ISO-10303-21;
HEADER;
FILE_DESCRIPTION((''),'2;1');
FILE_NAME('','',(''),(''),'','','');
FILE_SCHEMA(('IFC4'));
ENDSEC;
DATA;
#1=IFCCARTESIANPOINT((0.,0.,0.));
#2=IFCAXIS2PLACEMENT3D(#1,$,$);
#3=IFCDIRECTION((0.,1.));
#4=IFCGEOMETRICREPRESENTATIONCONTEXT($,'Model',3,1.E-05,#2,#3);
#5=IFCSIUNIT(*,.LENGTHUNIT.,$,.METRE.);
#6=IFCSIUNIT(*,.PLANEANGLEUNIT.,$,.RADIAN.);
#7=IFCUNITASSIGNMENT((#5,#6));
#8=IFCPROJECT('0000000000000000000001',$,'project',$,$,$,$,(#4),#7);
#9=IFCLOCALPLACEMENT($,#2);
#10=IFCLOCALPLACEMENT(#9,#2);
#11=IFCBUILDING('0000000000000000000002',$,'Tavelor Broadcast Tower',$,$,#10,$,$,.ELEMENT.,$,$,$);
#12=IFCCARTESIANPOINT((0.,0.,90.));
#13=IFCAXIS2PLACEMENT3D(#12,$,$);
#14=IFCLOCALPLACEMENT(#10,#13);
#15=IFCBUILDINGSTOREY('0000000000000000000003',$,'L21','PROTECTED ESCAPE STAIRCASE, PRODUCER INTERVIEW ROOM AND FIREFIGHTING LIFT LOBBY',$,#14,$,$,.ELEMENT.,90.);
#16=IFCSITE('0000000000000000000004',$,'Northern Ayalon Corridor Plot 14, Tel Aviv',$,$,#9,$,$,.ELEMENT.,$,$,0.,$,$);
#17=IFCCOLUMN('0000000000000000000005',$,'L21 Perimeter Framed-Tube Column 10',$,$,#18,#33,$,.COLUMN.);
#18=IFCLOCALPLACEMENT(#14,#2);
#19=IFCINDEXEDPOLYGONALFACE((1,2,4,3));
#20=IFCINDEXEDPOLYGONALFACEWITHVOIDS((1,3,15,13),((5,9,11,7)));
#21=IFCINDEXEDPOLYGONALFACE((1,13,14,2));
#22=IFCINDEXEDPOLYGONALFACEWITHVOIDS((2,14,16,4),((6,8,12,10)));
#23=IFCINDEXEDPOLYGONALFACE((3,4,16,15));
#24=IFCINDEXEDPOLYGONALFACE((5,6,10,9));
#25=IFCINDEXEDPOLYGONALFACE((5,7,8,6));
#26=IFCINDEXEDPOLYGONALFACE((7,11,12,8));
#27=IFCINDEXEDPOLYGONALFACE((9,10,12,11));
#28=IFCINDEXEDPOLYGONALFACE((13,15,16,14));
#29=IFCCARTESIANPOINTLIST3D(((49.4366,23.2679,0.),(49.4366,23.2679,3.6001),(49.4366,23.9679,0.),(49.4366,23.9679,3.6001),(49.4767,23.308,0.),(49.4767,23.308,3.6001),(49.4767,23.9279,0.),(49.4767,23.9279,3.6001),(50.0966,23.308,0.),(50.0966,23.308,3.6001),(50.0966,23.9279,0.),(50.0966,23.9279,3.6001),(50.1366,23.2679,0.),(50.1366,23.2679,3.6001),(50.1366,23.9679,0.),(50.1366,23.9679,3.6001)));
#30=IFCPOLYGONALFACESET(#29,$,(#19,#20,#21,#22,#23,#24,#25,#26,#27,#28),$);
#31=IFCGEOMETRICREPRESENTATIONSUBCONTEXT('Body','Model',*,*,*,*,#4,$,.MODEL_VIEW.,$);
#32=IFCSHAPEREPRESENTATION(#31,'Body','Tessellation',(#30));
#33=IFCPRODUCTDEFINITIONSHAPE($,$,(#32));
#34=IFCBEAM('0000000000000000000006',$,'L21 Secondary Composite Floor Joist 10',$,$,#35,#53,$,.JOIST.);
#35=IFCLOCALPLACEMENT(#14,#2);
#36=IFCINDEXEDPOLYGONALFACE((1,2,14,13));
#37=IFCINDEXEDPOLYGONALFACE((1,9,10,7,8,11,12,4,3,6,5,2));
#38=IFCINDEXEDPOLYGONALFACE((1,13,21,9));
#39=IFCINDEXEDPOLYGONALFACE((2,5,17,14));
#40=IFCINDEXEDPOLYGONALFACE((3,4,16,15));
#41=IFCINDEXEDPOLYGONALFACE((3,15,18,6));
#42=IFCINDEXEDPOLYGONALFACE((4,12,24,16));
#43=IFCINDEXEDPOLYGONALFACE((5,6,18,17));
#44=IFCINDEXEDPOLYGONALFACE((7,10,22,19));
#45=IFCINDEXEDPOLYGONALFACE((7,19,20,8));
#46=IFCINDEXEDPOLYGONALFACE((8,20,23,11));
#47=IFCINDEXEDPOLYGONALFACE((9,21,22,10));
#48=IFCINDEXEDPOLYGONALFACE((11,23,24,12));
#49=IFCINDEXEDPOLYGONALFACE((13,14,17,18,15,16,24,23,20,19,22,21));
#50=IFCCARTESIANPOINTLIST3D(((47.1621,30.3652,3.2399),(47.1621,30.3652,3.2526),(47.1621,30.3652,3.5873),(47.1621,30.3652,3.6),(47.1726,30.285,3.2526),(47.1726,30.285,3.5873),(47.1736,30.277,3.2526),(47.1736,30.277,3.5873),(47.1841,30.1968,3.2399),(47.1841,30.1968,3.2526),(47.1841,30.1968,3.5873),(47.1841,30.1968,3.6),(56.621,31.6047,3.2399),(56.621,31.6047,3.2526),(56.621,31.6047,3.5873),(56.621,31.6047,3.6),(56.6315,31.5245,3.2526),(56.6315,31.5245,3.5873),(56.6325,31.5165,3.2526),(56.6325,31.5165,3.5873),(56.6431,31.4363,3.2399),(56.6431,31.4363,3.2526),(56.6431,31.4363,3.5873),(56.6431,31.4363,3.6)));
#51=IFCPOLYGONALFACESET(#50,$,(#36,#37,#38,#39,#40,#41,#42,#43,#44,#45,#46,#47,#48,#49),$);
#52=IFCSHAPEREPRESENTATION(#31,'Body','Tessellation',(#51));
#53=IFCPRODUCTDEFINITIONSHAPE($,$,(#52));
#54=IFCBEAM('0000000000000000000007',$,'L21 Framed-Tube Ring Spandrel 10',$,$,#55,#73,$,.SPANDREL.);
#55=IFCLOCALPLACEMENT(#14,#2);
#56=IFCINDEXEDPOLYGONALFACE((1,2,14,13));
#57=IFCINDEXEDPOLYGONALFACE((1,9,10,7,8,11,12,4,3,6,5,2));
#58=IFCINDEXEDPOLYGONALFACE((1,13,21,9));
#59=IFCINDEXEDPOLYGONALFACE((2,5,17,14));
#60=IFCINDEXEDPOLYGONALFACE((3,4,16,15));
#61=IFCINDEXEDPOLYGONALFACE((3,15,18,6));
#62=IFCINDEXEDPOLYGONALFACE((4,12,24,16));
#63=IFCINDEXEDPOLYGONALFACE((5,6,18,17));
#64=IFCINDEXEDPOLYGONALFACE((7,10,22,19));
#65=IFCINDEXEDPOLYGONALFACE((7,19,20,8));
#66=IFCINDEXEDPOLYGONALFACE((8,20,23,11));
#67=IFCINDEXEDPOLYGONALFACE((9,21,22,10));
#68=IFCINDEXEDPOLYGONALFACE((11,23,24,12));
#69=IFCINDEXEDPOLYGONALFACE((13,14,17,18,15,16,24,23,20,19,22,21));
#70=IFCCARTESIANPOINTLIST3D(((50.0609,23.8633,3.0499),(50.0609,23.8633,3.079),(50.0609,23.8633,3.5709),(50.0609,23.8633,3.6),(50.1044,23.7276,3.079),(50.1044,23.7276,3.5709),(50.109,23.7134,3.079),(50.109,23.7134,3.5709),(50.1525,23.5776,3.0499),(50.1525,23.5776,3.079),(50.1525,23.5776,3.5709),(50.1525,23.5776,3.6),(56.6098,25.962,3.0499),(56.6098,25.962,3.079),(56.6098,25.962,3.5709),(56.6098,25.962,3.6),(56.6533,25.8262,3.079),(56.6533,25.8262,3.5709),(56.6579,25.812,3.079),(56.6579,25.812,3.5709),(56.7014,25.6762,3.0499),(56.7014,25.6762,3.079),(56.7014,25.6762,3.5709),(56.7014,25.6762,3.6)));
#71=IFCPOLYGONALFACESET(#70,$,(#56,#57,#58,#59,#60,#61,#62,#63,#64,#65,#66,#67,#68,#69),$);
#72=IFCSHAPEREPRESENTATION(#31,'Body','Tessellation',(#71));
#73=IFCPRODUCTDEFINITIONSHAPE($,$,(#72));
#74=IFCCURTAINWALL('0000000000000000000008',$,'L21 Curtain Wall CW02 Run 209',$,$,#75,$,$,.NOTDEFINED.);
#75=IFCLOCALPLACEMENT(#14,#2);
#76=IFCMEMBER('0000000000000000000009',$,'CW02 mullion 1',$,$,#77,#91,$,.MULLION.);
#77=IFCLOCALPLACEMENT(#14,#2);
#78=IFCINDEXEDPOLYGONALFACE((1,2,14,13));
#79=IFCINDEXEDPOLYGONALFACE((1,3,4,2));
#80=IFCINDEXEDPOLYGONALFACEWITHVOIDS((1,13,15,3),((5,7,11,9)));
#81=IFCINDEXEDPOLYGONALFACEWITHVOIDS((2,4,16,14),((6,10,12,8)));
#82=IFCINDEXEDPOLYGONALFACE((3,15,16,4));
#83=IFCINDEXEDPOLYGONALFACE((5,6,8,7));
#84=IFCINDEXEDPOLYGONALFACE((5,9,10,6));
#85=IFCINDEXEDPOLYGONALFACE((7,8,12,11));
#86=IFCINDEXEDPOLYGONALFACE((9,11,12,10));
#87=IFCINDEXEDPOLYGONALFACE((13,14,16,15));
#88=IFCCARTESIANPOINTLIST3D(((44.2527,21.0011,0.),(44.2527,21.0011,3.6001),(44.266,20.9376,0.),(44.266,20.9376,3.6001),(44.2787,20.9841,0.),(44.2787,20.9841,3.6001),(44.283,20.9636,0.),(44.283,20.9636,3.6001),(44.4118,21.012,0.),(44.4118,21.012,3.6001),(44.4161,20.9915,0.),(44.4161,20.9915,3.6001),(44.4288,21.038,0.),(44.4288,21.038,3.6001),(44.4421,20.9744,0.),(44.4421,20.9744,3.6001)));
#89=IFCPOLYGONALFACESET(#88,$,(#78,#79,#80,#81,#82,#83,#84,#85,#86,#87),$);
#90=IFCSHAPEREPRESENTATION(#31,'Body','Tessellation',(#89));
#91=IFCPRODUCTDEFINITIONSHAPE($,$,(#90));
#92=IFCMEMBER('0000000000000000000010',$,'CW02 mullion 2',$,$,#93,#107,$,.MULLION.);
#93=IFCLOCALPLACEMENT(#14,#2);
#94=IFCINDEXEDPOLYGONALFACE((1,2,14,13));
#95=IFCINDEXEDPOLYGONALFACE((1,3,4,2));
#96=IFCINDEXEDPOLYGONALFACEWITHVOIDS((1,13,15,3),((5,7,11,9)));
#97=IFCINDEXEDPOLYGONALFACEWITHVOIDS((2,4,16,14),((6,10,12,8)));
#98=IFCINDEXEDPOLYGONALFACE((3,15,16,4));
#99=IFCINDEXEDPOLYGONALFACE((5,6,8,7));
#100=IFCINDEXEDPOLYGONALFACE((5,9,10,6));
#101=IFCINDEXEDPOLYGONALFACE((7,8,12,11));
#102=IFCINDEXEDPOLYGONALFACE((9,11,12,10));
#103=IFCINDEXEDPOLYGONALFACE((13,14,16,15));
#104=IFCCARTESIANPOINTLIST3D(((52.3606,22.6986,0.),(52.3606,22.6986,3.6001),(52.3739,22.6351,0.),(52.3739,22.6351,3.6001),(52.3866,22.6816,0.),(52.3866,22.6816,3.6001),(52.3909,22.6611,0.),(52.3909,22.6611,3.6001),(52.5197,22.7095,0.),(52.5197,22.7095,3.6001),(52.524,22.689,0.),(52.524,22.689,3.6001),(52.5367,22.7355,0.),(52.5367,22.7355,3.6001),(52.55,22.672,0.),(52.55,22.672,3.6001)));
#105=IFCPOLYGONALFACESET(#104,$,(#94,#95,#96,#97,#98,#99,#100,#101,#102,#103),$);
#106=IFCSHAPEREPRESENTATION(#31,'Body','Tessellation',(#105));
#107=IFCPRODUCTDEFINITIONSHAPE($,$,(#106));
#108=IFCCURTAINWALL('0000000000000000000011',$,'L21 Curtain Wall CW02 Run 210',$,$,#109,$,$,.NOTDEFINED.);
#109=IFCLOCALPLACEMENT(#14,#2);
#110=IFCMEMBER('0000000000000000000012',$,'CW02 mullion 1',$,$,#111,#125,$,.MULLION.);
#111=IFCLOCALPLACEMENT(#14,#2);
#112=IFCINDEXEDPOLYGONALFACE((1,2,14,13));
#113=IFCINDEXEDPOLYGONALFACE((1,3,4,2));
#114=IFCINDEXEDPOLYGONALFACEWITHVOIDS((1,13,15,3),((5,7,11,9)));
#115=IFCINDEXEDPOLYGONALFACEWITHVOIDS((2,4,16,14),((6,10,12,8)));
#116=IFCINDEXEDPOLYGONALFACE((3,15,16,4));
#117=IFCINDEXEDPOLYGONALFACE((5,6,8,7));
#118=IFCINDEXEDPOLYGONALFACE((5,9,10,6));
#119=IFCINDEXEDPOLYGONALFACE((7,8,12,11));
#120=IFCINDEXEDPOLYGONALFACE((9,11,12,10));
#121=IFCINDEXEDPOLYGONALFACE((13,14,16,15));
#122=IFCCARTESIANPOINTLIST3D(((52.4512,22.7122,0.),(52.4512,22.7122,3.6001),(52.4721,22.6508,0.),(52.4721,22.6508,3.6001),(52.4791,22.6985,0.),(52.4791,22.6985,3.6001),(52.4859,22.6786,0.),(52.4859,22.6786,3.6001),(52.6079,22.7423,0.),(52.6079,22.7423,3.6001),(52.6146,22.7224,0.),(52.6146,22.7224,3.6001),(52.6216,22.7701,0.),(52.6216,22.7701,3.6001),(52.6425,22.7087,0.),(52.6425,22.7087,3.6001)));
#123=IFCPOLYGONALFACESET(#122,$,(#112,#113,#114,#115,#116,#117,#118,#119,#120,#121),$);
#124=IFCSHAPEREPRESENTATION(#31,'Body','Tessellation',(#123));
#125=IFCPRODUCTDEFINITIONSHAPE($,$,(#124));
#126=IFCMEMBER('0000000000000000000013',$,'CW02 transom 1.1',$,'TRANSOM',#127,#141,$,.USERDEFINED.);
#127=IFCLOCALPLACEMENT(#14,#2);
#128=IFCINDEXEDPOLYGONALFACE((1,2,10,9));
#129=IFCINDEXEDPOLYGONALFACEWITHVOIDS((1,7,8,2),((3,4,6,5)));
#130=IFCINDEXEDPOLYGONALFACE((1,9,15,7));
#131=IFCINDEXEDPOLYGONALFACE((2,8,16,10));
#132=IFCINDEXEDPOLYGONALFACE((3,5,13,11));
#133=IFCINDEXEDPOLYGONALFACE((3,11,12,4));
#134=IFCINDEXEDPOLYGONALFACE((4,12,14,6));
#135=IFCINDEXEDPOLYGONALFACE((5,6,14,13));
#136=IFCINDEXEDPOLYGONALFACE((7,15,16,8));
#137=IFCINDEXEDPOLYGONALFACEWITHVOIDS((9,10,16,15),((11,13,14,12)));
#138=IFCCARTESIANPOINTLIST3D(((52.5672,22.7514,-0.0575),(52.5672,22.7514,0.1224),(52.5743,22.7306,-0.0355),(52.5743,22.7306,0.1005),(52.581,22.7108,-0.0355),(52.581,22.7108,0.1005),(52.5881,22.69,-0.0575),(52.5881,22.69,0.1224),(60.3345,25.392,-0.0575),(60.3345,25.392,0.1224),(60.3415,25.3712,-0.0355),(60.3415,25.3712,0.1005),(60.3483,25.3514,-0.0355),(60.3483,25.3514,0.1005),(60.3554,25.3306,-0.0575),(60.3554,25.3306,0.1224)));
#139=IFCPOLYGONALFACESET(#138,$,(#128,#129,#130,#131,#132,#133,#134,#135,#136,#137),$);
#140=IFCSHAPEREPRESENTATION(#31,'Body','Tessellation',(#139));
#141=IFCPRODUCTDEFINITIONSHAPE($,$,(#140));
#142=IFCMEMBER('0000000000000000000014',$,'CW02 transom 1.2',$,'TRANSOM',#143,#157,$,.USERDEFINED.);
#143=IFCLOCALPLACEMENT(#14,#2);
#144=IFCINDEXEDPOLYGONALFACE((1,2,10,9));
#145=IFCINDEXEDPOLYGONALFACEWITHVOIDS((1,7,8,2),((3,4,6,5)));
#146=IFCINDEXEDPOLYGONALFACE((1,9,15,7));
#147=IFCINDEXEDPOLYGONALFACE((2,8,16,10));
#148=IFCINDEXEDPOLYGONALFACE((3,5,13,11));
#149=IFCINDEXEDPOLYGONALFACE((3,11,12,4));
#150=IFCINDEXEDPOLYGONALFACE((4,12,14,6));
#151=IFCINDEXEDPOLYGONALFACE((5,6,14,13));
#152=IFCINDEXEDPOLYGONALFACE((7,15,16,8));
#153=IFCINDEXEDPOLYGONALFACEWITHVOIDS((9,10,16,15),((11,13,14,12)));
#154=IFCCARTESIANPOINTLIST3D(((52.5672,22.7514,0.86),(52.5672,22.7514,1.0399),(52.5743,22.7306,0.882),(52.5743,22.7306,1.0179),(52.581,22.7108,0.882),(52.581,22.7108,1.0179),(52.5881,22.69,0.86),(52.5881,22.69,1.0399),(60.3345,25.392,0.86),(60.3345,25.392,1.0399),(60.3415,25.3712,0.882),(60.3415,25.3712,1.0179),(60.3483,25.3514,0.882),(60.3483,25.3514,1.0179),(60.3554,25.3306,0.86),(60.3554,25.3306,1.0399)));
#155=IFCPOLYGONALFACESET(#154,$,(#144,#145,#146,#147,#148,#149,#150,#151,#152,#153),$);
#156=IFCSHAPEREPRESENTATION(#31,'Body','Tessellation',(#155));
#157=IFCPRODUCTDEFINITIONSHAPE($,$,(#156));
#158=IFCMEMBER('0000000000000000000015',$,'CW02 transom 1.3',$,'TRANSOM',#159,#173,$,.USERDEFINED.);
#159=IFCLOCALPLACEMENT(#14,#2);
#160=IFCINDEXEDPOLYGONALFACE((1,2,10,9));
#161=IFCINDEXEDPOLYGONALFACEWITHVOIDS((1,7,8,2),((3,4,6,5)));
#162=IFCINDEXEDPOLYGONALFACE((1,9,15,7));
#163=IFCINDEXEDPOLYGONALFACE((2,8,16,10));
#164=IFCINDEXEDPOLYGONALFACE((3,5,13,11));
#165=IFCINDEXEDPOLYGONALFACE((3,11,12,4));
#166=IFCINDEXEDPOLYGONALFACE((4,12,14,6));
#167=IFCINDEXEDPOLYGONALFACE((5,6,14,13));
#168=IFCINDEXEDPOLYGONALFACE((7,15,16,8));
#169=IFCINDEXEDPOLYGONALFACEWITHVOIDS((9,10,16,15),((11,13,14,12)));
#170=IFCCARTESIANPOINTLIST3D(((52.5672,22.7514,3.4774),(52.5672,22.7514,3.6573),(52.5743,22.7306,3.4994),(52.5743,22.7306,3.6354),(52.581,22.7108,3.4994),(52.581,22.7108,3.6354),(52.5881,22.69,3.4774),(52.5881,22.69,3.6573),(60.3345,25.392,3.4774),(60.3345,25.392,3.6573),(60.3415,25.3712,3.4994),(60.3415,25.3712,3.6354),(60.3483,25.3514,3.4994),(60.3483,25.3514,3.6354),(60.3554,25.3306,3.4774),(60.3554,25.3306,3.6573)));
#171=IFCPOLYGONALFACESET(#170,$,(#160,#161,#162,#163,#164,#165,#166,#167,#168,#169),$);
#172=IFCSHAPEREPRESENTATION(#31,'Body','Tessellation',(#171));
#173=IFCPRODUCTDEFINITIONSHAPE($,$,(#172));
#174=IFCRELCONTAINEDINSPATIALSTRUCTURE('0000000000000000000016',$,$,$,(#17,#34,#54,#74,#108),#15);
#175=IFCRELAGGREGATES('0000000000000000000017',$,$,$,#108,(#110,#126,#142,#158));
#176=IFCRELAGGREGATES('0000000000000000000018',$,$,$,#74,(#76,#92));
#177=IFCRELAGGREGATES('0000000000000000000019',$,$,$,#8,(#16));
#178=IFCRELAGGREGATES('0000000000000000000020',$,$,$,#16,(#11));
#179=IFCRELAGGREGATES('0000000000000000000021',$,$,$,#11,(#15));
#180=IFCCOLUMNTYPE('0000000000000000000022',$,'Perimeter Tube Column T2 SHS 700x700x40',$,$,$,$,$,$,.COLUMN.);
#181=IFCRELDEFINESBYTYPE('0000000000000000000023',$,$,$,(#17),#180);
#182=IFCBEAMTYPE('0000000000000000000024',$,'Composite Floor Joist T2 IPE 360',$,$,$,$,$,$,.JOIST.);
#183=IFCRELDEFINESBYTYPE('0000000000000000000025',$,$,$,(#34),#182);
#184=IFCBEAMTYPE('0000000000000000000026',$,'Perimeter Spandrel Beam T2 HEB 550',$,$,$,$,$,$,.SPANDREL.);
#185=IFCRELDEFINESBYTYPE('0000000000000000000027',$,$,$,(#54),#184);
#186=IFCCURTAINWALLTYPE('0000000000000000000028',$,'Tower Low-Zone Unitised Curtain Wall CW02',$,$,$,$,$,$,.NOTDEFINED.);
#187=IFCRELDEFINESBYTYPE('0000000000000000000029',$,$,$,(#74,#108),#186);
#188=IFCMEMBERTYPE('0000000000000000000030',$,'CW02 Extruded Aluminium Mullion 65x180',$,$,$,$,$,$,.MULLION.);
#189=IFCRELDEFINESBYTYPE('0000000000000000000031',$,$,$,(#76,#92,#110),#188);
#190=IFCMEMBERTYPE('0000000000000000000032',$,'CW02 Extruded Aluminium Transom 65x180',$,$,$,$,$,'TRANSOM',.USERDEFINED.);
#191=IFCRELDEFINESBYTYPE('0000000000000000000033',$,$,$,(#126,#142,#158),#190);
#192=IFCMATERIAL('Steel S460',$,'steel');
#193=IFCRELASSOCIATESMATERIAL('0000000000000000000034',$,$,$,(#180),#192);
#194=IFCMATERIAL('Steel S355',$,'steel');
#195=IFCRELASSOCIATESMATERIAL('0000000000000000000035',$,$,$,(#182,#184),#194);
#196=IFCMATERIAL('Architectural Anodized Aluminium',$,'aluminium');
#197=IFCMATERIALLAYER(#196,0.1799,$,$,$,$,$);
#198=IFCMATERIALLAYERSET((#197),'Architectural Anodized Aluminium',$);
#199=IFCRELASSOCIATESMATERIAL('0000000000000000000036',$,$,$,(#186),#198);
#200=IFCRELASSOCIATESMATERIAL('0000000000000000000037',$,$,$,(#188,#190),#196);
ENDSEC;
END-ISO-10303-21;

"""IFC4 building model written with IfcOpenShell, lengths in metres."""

from ifc_helpers import new_model, si_unit, direction, frame, origin, origin_2d, place, context, subcontext, project, spatial, hollow_rectangle, i_section, extrude, source, transform, mapped, material, layer, layer_set, material_profile, profile_set, type_object, type_shapes, element, aggregate, save


model = new_model("IFC4")

# Units and contexts
model_context = context("Model", 3, precision=1e-05, world=origin(), true_north=direction((0.0, 1.0)))
body_context = subcontext(model_context, "Body", "Model", "MODEL_VIEW")
ifc_project = project(units=[si_unit("LENGTHUNIT", "METRE"), si_unit("PLANEANGLEUNIT", "RADIAN")], contexts=[model_context])

# Site, building, storey
site_placement = place(None, origin())
site = spatial("IfcSite", under=ifc_project, at=site_placement, Name="Northern Ayalon Corridor Plot 14, Tel Aviv", CompositionType="ELEMENT", RefElevation=0.0)
building_placement = place(site_placement, origin())
building = spatial("IfcBuilding", under=site, at=building_placement, Name="Tavelor Broadcast Tower", CompositionType="ELEMENT")
storey_placement = place(building_placement, frame((0.0, 0.0, 90.0)))
storey = spatial("IfcBuildingStorey", under=building, at=storey_placement, Name="L21", Description="PROTECTED ESCAPE STAIRCASE, PRODUCER INTERVIEW ROOM AND FIREFIGHTING LIFT LOBBY", CompositionType="ELEMENT", Elevation=90.0)

# Column
ifc_material_1 = material(Name="Steel S460", Category="steel")
ifc_material_profile_1 = material_profile(ifc_material_1, hollow_rectangle(XDim=0.7, YDim=0.7, WallThickness=0.04, at=origin_2d()), Name="SHS 700x700x40")
ifc_profile_set_1 = profile_set([ifc_material_profile_1], Name="Steel S460")
column_type = type_object("IfcColumnType", Name="Perimeter Tube Column T2 SHS 700x700x40", PredefinedType="COLUMN", material=ifc_profile_set_1)
column_placement = place(storey_placement, frame((49.7866, 23.6179, 0.0), z_axis=(0.0, 0.0, 1.0), x_axis=(1.0, 0.0, 0.0)))
element("IfcColumn", 1, at=column_placement, inside=storey, type_object=column_type, Name="L21 Perimeter Framed-Tube Column 10", PredefinedType="COLUMN", context=body_context, shape_type="SweptSolid", body=[
    extrude(hollow_rectangle(XDim=0.7, YDim=0.7, WallThickness=0.04, at=origin_2d()), origin(), (0.0, 0.0, 1.0), 3.6001),
])

# Beams
ifc_material_2 = material(Name="Steel S355", Category="steel")
ifc_material_profile_2 = material_profile(ifc_material_2, i_section(OverallWidth=0.1699, OverallDepth=0.3601, WebThickness=0.0081, FlangeThickness=0.0127, at=origin_2d()), Name="IPE 360")
ifc_profile_set_2 = profile_set([ifc_material_profile_2], Name="Steel S355")
beam_type_1 = type_object("IfcBeamType", Name="Composite Floor Joist T2 IPE 360", PredefinedType="JOIST", material=ifc_profile_set_2)
beam_1_placement = place(storey_placement, frame((47.1731, 30.281, 3.4199), z_axis=(0.991523, 0.129929, 0.0), x_axis=(-0.129929, 0.991523, 0.0)))
element("IfcBeam", 2, at=beam_1_placement, inside=storey, type_object=beam_type_1, Name="L21 Secondary Composite Floor Joist 10", PredefinedType="JOIST", context=body_context, shape_type="SweptSolid", body=[
    extrude(i_section(OverallWidth=0.1699, OverallDepth=0.3601, WebThickness=0.0081, FlangeThickness=0.0127, at=origin_2d()), origin(), (0.0, 0.0, 1.0), 9.5398),
])
ifc_material_profile_3 = material_profile(ifc_material_2, i_section(OverallWidth=0.3, OverallDepth=0.55, WebThickness=0.0149, FlangeThickness=0.0291, at=origin_2d()), Name="HEB 550")
ifc_profile_set_3 = profile_set([ifc_material_profile_3], Name="Steel S355")
beam_type_2 = type_object("IfcBeamType", Name="Perimeter Spandrel Beam T2 HEB 550", PredefinedType="SPANDREL", material=ifc_profile_set_3)
beam_2_placement = place(storey_placement, frame((50.1067, 23.7205, 3.325), z_axis=(0.952297, 0.305172, 0.0), x_axis=(-0.305172, 0.952297, 0.0)))
element("IfcBeam", 3, at=beam_2_placement, inside=storey, type_object=beam_type_2, Name="L21 Framed-Tube Ring Spandrel 10", PredefinedType="SPANDREL", context=body_context, shape_type="SweptSolid", body=[
    extrude(i_section(OverallWidth=0.3, OverallDepth=0.55, WebThickness=0.0149, FlangeThickness=0.0291, at=origin_2d()), origin(), (0.0, 0.0, 1.0), 6.877),
])

# Curtain walls, members
ifc_material_3 = material(Name="Architectural Anodized Aluminium", Category="aluminium")
ifc_layer_1 = layer(ifc_material_3, 0.1799)
ifc_layer_set_1 = layer_set([ifc_layer_1], Name="Architectural Anodized Aluminium")
curtain_wall_type = type_object("IfcCurtainWallType", Name="Tower Low-Zone Unitised Curtain Wall CW02", PredefinedType="NOTDEFINED", material=ifc_layer_set_1)
curtain_wall_1_placement = place(storey_placement, origin())
curtain_wall_1 = element("IfcCurtainWall", 4, at=curtain_wall_1_placement, inside=storey, type_object=curtain_wall_type, Name="L21 Curtain Wall CW02 Run 209", PredefinedType="NOTDEFINED")
ifc_material_profile_4 = material_profile(ifc_material_3, hollow_rectangle(XDim=0.0649, YDim=0.1799, WallThickness=0.022, at=origin_2d()), Name="RHS 65x180x22")
ifc_profile_set_4 = profile_set([ifc_material_profile_4], Name="Architectural Anodized Aluminium")
member_type_1 = type_object("IfcMemberType", Name="CW02 Extruded Aluminium Mullion 65x180", PredefinedType="MULLION", material=ifc_profile_set_4)
shared_shape_1 = source(origin(), body_context, "Body", "SweptSolid", [
    extrude(hollow_rectangle(XDim=0.0649, YDim=0.1799, WallThickness=0.022, at=origin_2d()), origin(), (0.0, 0.0, 1.0), 3.6001),
])
type_shapes(member_type_1, [shared_shape_1])
member_1_placement = place(storey_placement, frame((44.3474, 20.9878, 0.0), z_axis=(0.0, 0.0, 1.0), x_axis=(-0.204914, 0.97878, 0.0)))
member_1 = element("IfcMember", 5, at=member_1_placement, type_object=member_type_1, Name="CW02 mullion 1", PredefinedType="MULLION", context=body_context, shape_type="MappedRepresentation", body=[
    mapped(shared_shape_1, transform((0.0, 0.0, 0.0), scale=1.0)),
])
member_2_placement = place(storey_placement, frame((52.4553, 22.6853, 0.0), z_axis=(0.0, 0.0, 1.0), x_axis=(-0.204914, 0.97878, 0.0)))
member_2 = element("IfcMember", 6, at=member_2_placement, type_object=member_type_1, Name="CW02 mullion 2", PredefinedType="MULLION", context=body_context, shape_type="MappedRepresentation", body=[
    mapped(shared_shape_1, transform((0.0, 0.0, 0.0), scale=1.0)),
])
curtain_wall_2_placement = place(storey_placement, origin())
curtain_wall_2 = element("IfcCurtainWall", 7, at=curtain_wall_2_placement, inside=storey, type_object=curtain_wall_type, Name="L21 Curtain Wall CW02 Run 210", PredefinedType="NOTDEFINED")
member_3_placement = place(storey_placement, frame((52.5469, 22.7104, 0.0), z_axis=(0.0, 0.0, 1.0), x_axis=(-0.321852, 0.94679, 0.0)))
member_3 = element("IfcMember", 8, at=member_3_placement, type_object=member_type_1, Name="CW02 mullion 1", PredefinedType="MULLION", context=body_context, shape_type="MappedRepresentation", body=[
    mapped(shared_shape_1, transform((0.0, 0.0, 0.0), scale=1.0)),
])
ifc_material_profile_5 = material_profile(ifc_material_3, hollow_rectangle(XDim=0.0649, YDim=0.1799, WallThickness=0.022, at=origin_2d()), Name="RHS 65x180x22")
ifc_profile_set_5 = profile_set([ifc_material_profile_5], Name="Architectural Anodized Aluminium")
member_type_2 = type_object("IfcMemberType", Name="CW02 Extruded Aluminium Transom 65x180", ElementType="TRANSOM", PredefinedType="USERDEFINED", material=ifc_profile_set_5)
shared_shape_2 = source(origin(), body_context, "Body", "SweptSolid", [
    extrude(hollow_rectangle(XDim=0.0649, YDim=0.1799, WallThickness=0.022, at=origin_2d()), origin(), (0.0, 0.0, 1.0), 8.2039),
])
member_4_placement = place(storey_placement, frame((52.5776, 22.7207, 0.0325), z_axis=(0.946783, 0.321873, 0.0), x_axis=(-0.321873, 0.946783, 0.0)))
member_4 = element("IfcMember", 9, at=member_4_placement, type_object=member_type_2, Name="CW02 transom 1.1", ObjectType="TRANSOM", PredefinedType="USERDEFINED", context=body_context, shape_type="MappedRepresentation", body=[
    mapped(shared_shape_2, transform((0.0, 0.0, 0.0), scale=1.0)),
])
member_5_placement = place(storey_placement, frame((52.5776, 22.7207, 0.95), z_axis=(0.946783, 0.321873, 0.0), x_axis=(-0.321873, 0.946783, 0.0)))
member_5 = element("IfcMember", 10, at=member_5_placement, type_object=member_type_2, Name="CW02 transom 1.2", ObjectType="TRANSOM", PredefinedType="USERDEFINED", context=body_context, shape_type="MappedRepresentation", body=[
    mapped(shared_shape_2, transform((0.0, 0.0, 0.0), scale=1.0)),
])
member_6_placement = place(storey_placement, frame((52.5776, 22.7207, 3.5674), z_axis=(0.946783, 0.321873, 0.0), x_axis=(-0.321873, 0.946783, 0.0)))
member_6 = element("IfcMember", 11, at=member_6_placement, type_object=member_type_2, Name="CW02 transom 1.3", ObjectType="TRANSOM", PredefinedType="USERDEFINED", context=body_context, shape_type="MappedRepresentation", body=[
    mapped(shared_shape_2, transform((0.0, 0.0, 0.0), scale=1.0)),
])

aggregate(curtain_wall_2, [member_3, member_4, member_5, member_6])
aggregate(curtain_wall_1, [member_1, member_2])

save(model, "model.ifc")
